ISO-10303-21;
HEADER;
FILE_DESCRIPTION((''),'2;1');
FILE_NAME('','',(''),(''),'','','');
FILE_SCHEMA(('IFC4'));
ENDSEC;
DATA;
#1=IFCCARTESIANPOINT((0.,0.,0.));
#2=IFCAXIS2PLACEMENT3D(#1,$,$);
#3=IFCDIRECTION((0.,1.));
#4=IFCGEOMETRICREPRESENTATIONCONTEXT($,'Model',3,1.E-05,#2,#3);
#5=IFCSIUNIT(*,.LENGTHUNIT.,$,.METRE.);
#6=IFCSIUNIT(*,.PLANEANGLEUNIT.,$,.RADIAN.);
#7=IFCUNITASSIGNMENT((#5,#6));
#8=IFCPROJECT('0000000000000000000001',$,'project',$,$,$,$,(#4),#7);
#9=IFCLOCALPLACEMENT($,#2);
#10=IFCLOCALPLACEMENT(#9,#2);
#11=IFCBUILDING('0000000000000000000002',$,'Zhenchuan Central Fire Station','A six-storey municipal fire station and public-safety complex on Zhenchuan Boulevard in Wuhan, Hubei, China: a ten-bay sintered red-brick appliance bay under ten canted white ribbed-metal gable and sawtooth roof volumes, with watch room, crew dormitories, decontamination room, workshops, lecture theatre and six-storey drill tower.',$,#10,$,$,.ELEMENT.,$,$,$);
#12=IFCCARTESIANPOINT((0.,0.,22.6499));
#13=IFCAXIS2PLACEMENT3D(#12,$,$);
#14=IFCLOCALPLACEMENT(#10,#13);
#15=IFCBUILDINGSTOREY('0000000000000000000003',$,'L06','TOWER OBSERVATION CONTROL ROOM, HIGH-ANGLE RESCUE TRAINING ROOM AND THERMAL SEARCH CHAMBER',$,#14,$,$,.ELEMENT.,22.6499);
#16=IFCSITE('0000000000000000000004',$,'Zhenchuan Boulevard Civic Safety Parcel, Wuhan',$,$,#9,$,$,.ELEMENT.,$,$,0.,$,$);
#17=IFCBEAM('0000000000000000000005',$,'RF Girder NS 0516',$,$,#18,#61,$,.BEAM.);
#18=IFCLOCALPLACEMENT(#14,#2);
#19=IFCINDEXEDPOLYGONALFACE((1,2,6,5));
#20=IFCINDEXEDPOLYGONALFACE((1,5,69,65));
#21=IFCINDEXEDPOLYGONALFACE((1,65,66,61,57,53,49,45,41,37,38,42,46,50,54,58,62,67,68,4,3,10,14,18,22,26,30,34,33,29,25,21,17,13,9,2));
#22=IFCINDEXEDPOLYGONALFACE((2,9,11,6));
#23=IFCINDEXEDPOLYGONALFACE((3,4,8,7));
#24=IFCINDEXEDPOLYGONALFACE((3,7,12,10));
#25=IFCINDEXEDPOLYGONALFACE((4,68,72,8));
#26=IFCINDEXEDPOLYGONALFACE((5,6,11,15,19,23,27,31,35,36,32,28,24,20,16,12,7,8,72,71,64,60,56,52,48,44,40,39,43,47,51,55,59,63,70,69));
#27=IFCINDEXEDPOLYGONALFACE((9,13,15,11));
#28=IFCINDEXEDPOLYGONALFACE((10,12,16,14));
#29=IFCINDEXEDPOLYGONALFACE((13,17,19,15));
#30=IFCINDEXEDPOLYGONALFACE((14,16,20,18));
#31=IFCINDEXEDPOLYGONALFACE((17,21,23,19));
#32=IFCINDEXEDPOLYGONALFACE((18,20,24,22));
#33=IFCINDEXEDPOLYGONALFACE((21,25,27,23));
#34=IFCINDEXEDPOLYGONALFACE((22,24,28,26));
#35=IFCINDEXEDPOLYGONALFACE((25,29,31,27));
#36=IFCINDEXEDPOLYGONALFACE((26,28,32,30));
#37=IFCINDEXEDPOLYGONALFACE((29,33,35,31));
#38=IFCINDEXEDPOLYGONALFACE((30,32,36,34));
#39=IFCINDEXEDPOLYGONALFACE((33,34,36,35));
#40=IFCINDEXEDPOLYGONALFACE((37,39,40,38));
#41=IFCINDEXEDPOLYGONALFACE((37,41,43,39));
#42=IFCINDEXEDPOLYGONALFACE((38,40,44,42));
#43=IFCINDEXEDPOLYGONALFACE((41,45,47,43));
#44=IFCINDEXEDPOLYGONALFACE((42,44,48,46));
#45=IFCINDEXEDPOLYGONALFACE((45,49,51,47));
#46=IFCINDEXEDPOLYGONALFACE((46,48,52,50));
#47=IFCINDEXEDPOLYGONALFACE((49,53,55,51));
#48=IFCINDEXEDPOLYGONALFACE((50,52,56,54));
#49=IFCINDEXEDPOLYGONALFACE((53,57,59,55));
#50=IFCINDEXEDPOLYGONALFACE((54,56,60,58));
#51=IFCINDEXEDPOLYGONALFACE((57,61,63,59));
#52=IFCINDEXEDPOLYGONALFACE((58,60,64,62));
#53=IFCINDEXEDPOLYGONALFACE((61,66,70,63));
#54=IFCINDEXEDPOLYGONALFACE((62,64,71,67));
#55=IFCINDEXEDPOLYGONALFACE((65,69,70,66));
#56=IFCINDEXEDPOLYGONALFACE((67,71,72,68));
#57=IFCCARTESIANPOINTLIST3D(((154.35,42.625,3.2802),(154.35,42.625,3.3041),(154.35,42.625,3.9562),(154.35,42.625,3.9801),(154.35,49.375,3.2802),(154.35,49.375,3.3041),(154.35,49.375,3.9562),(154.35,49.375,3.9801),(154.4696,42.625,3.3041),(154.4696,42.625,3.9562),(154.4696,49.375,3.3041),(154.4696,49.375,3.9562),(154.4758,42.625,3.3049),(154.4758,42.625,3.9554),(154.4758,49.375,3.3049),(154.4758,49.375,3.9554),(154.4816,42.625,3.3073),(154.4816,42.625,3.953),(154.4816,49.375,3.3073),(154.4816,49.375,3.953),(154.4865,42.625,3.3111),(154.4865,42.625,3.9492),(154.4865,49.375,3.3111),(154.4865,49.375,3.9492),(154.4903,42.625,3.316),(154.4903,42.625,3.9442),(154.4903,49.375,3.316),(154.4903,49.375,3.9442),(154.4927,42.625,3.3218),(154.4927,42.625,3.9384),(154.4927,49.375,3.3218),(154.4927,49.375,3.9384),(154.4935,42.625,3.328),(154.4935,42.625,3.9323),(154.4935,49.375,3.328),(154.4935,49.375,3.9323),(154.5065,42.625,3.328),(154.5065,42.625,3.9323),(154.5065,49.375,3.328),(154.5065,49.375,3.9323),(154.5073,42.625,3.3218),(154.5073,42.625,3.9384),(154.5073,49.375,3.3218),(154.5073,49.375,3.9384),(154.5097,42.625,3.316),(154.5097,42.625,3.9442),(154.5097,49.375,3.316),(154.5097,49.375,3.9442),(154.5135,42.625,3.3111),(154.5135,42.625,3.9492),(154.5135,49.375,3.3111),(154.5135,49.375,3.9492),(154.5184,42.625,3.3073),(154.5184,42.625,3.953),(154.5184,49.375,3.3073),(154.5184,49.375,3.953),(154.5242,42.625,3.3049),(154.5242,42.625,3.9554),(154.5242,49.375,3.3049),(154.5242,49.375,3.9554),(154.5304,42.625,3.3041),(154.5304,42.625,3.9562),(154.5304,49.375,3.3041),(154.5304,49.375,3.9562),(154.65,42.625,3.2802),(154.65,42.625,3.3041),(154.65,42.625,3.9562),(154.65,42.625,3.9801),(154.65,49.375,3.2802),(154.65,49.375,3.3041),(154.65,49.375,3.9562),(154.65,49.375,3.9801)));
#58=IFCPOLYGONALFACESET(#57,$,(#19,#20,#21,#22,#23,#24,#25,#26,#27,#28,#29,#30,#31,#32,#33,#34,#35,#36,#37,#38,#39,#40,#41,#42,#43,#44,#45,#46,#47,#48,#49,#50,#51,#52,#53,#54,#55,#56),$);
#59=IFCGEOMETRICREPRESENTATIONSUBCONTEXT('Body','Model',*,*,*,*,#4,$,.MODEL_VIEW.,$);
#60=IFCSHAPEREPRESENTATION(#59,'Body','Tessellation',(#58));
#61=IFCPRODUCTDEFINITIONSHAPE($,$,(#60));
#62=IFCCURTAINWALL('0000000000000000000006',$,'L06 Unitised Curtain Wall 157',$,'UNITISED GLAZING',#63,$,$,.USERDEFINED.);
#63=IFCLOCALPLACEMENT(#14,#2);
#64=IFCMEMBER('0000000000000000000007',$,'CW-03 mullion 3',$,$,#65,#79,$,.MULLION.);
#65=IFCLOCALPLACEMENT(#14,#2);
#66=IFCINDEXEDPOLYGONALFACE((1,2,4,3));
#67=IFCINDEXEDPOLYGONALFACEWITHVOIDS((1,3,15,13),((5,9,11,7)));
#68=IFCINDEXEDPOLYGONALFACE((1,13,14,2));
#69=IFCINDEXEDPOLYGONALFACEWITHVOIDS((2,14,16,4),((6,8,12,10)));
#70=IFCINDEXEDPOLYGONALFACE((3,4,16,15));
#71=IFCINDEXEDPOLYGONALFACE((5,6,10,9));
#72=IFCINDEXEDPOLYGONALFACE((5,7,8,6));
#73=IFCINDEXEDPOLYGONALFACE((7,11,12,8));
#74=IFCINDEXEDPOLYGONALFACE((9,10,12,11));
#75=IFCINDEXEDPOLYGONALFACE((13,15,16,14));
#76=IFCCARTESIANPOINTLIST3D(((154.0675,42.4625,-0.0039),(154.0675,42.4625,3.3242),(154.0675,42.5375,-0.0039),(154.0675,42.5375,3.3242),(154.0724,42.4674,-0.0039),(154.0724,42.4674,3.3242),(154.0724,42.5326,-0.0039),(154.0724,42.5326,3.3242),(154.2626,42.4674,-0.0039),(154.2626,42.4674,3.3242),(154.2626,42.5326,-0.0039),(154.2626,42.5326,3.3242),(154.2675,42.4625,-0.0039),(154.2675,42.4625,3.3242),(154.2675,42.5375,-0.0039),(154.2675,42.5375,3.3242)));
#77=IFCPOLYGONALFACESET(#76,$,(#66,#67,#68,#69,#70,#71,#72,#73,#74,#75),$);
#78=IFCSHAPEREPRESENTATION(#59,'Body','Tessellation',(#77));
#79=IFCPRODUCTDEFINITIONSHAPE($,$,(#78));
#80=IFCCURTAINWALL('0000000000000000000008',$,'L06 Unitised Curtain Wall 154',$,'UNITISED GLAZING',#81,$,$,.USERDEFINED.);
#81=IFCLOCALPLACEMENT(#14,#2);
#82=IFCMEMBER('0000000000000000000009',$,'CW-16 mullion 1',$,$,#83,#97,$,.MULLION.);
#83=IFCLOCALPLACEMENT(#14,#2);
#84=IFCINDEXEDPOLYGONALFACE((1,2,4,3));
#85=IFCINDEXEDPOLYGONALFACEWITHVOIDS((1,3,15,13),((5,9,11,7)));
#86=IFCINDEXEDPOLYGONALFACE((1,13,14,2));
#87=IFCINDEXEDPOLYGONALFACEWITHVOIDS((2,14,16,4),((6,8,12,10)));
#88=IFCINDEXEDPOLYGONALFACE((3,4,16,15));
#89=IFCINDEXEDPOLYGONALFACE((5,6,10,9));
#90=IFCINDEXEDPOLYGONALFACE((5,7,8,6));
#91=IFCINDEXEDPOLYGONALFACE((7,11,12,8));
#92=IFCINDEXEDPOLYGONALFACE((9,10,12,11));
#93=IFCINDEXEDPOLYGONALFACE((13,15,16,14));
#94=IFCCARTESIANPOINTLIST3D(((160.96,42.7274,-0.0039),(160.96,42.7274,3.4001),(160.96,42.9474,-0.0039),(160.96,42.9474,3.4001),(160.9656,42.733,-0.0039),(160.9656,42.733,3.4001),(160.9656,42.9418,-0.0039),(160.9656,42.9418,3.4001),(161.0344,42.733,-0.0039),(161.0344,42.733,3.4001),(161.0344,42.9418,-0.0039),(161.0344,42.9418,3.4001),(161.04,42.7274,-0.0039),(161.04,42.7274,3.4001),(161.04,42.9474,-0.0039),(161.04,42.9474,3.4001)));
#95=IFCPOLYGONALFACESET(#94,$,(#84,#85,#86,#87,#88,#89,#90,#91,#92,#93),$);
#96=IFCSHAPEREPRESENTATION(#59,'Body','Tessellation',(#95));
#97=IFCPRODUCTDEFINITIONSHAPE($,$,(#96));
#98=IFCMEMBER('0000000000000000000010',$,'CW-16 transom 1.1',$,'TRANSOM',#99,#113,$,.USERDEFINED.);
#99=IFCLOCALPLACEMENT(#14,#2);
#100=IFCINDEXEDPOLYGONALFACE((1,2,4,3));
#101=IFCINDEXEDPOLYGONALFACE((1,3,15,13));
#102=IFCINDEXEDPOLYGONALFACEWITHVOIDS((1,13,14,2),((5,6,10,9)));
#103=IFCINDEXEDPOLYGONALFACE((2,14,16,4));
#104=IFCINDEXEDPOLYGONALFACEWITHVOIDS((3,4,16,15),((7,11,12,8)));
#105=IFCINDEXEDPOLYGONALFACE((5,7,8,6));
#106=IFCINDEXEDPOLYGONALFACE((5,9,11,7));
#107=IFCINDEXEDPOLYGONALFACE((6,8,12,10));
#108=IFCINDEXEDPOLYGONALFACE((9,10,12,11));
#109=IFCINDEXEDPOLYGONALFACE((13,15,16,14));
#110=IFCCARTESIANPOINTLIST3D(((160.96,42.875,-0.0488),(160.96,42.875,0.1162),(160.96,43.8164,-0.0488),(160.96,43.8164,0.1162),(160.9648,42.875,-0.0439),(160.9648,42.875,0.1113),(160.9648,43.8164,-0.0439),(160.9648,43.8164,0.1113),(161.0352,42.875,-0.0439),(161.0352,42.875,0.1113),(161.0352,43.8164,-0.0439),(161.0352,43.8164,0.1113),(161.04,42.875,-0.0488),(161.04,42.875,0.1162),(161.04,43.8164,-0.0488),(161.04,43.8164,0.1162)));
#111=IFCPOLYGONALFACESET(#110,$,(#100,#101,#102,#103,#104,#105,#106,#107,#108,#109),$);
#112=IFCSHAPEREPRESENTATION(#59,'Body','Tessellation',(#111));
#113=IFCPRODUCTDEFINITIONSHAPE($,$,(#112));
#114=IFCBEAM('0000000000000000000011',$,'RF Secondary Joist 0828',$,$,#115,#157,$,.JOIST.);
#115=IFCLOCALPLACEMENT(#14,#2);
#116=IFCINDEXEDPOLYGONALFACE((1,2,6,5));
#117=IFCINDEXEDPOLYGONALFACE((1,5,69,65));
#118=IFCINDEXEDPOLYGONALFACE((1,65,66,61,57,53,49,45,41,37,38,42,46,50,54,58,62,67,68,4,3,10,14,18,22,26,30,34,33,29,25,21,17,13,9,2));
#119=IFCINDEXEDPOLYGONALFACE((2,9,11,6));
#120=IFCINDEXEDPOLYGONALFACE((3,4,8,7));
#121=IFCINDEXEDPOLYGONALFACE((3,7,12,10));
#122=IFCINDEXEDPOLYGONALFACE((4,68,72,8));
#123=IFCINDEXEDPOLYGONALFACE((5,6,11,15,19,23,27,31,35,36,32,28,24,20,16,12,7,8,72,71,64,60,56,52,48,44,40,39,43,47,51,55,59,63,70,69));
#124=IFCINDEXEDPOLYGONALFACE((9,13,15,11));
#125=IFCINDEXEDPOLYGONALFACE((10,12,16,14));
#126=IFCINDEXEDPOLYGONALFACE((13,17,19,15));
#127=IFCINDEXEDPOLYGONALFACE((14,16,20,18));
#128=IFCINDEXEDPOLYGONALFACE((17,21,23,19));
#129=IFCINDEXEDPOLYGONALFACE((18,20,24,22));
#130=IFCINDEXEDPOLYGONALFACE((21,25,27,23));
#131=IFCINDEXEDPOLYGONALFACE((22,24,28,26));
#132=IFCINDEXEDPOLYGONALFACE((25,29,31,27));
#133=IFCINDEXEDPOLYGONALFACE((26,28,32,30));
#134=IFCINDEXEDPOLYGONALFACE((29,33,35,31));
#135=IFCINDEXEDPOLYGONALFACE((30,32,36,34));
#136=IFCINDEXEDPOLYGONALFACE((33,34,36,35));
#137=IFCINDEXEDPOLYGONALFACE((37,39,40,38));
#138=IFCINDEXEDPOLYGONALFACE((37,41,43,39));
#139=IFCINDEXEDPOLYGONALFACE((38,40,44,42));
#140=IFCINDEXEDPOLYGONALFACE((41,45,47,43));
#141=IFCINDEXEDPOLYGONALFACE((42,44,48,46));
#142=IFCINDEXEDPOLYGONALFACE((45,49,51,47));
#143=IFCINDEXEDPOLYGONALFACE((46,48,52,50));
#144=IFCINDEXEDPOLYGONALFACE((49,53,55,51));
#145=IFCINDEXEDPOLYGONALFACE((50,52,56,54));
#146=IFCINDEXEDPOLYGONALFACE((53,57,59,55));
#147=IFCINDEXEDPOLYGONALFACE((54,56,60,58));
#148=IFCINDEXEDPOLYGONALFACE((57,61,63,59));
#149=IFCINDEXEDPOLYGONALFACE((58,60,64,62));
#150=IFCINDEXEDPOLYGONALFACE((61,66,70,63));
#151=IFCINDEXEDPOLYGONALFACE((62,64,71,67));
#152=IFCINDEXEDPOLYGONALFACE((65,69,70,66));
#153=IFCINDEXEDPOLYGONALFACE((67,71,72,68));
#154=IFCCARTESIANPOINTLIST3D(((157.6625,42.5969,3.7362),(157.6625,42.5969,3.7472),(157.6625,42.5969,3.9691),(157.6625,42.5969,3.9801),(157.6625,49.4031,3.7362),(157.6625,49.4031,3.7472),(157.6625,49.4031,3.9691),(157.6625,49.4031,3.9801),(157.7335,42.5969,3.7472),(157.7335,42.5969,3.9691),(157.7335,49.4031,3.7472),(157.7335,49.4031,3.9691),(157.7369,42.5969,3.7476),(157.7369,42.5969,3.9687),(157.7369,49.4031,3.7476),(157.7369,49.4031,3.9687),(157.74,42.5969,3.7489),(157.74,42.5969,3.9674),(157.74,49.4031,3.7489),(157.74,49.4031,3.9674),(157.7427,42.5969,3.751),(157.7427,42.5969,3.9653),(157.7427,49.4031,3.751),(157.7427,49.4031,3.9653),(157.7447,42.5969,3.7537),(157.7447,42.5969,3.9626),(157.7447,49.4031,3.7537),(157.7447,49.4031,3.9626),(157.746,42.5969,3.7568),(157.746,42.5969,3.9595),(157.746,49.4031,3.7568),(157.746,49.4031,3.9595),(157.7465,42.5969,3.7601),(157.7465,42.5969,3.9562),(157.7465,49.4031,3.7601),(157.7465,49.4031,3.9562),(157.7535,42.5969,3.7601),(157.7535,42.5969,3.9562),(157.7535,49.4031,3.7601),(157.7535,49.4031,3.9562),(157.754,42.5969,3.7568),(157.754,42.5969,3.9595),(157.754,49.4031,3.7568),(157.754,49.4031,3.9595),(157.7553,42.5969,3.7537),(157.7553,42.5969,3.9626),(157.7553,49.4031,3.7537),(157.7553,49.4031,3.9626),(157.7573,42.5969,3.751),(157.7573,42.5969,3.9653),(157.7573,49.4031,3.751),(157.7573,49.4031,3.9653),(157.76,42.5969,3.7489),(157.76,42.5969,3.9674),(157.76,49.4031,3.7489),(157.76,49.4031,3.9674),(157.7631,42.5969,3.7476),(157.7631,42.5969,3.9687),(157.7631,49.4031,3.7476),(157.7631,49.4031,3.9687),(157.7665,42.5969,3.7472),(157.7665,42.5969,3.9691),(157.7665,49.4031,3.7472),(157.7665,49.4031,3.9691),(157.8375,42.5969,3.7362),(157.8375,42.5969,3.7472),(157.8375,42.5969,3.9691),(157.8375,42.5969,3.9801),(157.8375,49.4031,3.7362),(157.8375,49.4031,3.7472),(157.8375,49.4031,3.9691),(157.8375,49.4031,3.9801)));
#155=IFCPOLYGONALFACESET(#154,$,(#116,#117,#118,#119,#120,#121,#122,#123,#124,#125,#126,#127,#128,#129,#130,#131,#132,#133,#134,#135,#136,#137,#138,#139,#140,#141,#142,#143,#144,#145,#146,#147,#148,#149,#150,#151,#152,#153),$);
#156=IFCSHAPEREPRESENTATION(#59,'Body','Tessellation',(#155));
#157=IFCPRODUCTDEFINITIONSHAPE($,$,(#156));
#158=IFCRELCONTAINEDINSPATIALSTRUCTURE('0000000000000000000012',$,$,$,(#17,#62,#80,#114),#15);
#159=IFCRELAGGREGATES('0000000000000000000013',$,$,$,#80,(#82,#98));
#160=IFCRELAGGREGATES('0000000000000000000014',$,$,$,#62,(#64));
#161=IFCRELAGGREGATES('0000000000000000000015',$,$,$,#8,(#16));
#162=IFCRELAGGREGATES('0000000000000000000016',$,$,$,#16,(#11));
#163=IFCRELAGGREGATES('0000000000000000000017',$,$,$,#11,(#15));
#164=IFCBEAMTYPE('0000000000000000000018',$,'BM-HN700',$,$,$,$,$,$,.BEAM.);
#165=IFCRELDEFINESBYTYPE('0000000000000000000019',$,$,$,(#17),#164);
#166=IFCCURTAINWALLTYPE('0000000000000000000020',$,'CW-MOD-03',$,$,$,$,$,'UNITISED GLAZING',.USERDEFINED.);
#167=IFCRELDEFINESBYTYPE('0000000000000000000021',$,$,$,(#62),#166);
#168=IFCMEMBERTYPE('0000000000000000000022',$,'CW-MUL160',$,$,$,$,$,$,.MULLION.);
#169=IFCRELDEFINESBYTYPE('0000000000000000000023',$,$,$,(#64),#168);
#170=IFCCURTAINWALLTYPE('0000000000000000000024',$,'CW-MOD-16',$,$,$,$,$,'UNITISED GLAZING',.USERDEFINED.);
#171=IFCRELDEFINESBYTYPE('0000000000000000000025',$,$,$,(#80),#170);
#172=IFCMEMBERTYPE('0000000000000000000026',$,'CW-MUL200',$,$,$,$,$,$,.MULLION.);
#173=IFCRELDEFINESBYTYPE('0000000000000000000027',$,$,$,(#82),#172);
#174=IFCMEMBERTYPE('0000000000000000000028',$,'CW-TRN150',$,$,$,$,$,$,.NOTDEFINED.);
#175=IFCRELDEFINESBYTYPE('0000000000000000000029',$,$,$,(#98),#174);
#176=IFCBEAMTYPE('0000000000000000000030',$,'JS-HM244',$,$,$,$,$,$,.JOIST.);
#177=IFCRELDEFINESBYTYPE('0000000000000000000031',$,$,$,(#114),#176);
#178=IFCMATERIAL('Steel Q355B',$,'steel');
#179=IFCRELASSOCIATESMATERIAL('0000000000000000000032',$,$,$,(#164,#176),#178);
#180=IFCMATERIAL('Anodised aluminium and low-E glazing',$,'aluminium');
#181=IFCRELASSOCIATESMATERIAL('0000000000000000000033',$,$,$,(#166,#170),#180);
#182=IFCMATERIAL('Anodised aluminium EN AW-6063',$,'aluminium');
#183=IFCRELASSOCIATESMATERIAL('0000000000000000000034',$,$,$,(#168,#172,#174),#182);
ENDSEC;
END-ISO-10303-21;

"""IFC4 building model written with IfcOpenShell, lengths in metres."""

from ifc_helpers import new_model, si_unit, direction, frame, origin, origin_2d, place, context, subcontext, project, spatial, hollow_rectangle, i_section, extrude, material, material_profile, profile_set, type_object, element, aggregate, save


model = new_model("IFC4")

# Units and contexts
model_context = context("Model", 3, precision=1e-05, world=origin(), true_north=direction((0.0, 1.0)))
body_context = subcontext(model_context, "Body", "Model", "MODEL_VIEW")
ifc_project = project(units=[si_unit("LENGTHUNIT", "METRE"), si_unit("PLANEANGLEUNIT", "RADIAN")], contexts=[model_context])

# Site, building, storey
site_placement = place(None, origin())
site = spatial("IfcSite", under=ifc_project, at=site_placement, Name="Zhenchuan Boulevard Civic Safety Parcel, Wuhan", CompositionType="ELEMENT", RefElevation=0.0)
building_placement = place(site_placement, origin())
building = spatial("IfcBuilding", under=site, at=building_placement, Name="Zhenchuan Central Fire Station", Description="A six-storey municipal fire station and public-safety complex on Zhenchuan Boulevard in Wuhan, Hubei, China: a ten-bay sintered red-brick appliance bay under ten canted white ribbed-metal gable and sawtooth roof volumes, with watch room, crew dormitories, decontamination room, workshops, lecture theatre and six-storey drill tower.", CompositionType="ELEMENT")
storey_placement = place(building_placement, frame((0.0, 0.0, 22.6499)))
storey = spatial("IfcBuildingStorey", under=building, at=storey_placement, Name="L06", Description="TOWER OBSERVATION CONTROL ROOM, HIGH-ANGLE RESCUE TRAINING ROOM AND THERMAL SEARCH CHAMBER", CompositionType="ELEMENT", Elevation=22.6499)

# Shared definitions
ifc_material_1 = material(Name="Steel Q355B", Category="steel")

# Beam
ifc_material_profile_1 = material_profile(ifc_material_1, i_section(OverallWidth=0.3, OverallDepth=0.7, WebThickness=0.0129, FlangeThickness=0.0239, FilletRadius=0.0239, at=origin_2d()), Name="HN 700x300")
ifc_profile_set_1 = profile_set([ifc_material_profile_1], Name="Steel Q355B")
beam_type_1 = type_object("IfcBeamType", Name="BM-HN700", PredefinedType="BEAM", material=ifc_profile_set_1)
beam_1_placement = place(storey_placement, frame((154.5, 42.625, 3.6301), z_axis=(0.0, 1.0, 0.0), x_axis=(-1.0, 0.0, 0.0)))
element("IfcBeam", 1, at=beam_1_placement, inside=storey, type_object=beam_type_1, Name="RF Girder NS 0516", PredefinedType="BEAM", context=body_context, shape_type="SweptSolid", body=[
    extrude(i_section(OverallWidth=0.3, OverallDepth=0.7, WebThickness=0.0129, FlangeThickness=0.0239, FilletRadius=0.0239, at=origin_2d()), origin(), (0.0, 0.0, 1.0), 6.75),
])

# Curtain wall, member
ifc_material_2 = material(Name="Anodised aluminium and low-E glazing", Category="aluminium")
curtain_wall_type_1 = type_object("IfcCurtainWallType", Name="CW-MOD-03", ElementType="UNITISED GLAZING", PredefinedType="USERDEFINED", material=ifc_material_2)
curtain_wall_1_placement = place(storey_placement, origin())
curtain_wall_1 = element("IfcCurtainWall", 2, at=curtain_wall_1_placement, inside=storey, type_object=curtain_wall_type_1, Name="L06 Unitised Curtain Wall 157", ObjectType="UNITISED GLAZING", PredefinedType="USERDEFINED")
ifc_material_3 = material(Name="Anodised aluminium EN AW-6063", Category="aluminium")
ifc_material_profile_2 = material_profile(ifc_material_3, hollow_rectangle(XDim=0.075, YDim=0.2, WallThickness=0.0049, at=origin_2d()), Name="ALU-M 200x75")
ifc_profile_set_2 = profile_set([ifc_material_profile_2], Name="Anodised aluminium EN AW-6063")
member_type_1 = type_object("IfcMemberType", Name="CW-MUL160", PredefinedType="MULLION", material=ifc_profile_set_2)
member_1_placement = place(storey_placement, frame((154.1675, 42.5, -0.0039), z_axis=(0.0, 0.0, 1.0), x_axis=(0.0, 1.0, 0.0)))
member_1 = element("IfcMember", 3, at=member_1_placement, type_object=member_type_1, Name="CW-03 mullion 3", PredefinedType="MULLION", context=body_context, shape_type="SweptSolid", body=[
    extrude(hollow_rectangle(XDim=0.075, YDim=0.2, WallThickness=0.0049, at=origin_2d()), origin(), (0.0, 0.0, 1.0), 3.3281),
])

# Curtain wall, members
curtain_wall_type_2 = type_object("IfcCurtainWallType", Name="CW-MOD-16", ElementType="UNITISED GLAZING", PredefinedType="USERDEFINED", material=ifc_material_2)
curtain_wall_2_placement = place(storey_placement, origin())
curtain_wall_2 = element("IfcCurtainWall", 4, at=curtain_wall_2_placement, inside=storey, type_object=curtain_wall_type_2, Name="L06 Unitised Curtain Wall 154", ObjectType="UNITISED GLAZING", PredefinedType="USERDEFINED")
ifc_material_profile_3 = material_profile(ifc_material_3, hollow_rectangle(XDim=0.0801, YDim=0.22, WallThickness=0.0056, at=origin_2d()), Name="ALU-M 220x80")
ifc_profile_set_3 = profile_set([ifc_material_profile_3], Name="Anodised aluminium EN AW-6063")
member_type_2 = type_object("IfcMemberType", Name="CW-MUL200", PredefinedType="MULLION", material=ifc_profile_set_3)
member_2_placement = place(storey_placement, frame((161.0, 42.8374, -0.0039), z_axis=(0.0, 0.0, 1.0), x_axis=(-1.0, 0.0, 0.0)))
member_2 = element("IfcMember", 5, at=member_2_placement, type_object=member_type_2, Name="CW-16 mullion 1", PredefinedType="MULLION", context=body_context, shape_type="SweptSolid", body=[
    extrude(hollow_rectangle(XDim=0.0801, YDim=0.22, WallThickness=0.0056, at=origin_2d()), origin(), (0.0, 0.0, 1.0), 3.4041),
])
ifc_material_profile_4 = material_profile(ifc_material_3, hollow_rectangle(XDim=0.0801, YDim=0.165, WallThickness=0.0049, at=origin_2d()), Name="ALU-T 165x80")
ifc_profile_set_4 = profile_set([ifc_material_profile_4], Name="Anodised aluminium EN AW-6063")
member_type_3 = type_object("IfcMemberType", Name="CW-TRN150", PredefinedType="NOTDEFINED", material=ifc_profile_set_4)
member_3_placement = place(storey_placement, frame((161.0, 42.875, 0.0337), z_axis=(0.0, 1.0, 0.0), x_axis=(-1.0, 0.0, 0.0)))
member_3 = element("IfcMember", 6, at=member_3_placement, type_object=member_type_3, Name="CW-16 transom 1.1", ObjectType="TRANSOM", PredefinedType="USERDEFINED", context=body_context, shape_type="SweptSolid", body=[
    extrude(hollow_rectangle(XDim=0.0801, YDim=0.165, WallThickness=0.0049, at=origin_2d()), origin(), (0.0, 0.0, 1.0), 0.9414),
])
aggregate(curtain_wall_2, [member_2, member_3])

# Beam
ifc_material_profile_5 = material_profile(ifc_material_1, i_section(OverallWidth=0.175, OverallDepth=0.2439, WebThickness=0.0071, FlangeThickness=0.011, FilletRadius=0.0129, at=origin_2d()), Name="HM 244x175")
ifc_profile_set_5 = profile_set([ifc_material_profile_5], Name="Steel Q355B")
beam_type_2 = type_object("IfcBeamType", Name="JS-HM244", PredefinedType="JOIST", material=ifc_profile_set_5)
beam_2_placement = place(storey_placement, frame((157.75, 42.5969, 3.8582), z_axis=(0.0, 1.0, 0.0), x_axis=(-1.0, 0.0, 0.0)))
element("IfcBeam", 7, at=beam_2_placement, inside=storey, type_object=beam_type_2, Name="RF Secondary Joist 0828", PredefinedType="JOIST", context=body_context, shape_type="SweptSolid", body=[
    extrude(i_section(OverallWidth=0.175, OverallDepth=0.2439, WebThickness=0.0071, FlangeThickness=0.011, FilletRadius=0.0129, at=origin_2d()), origin(), (0.0, 0.0, 1.0), 6.8062),
])

aggregate(curtain_wall_1, [member_1])

save(model, "model.ifc")
